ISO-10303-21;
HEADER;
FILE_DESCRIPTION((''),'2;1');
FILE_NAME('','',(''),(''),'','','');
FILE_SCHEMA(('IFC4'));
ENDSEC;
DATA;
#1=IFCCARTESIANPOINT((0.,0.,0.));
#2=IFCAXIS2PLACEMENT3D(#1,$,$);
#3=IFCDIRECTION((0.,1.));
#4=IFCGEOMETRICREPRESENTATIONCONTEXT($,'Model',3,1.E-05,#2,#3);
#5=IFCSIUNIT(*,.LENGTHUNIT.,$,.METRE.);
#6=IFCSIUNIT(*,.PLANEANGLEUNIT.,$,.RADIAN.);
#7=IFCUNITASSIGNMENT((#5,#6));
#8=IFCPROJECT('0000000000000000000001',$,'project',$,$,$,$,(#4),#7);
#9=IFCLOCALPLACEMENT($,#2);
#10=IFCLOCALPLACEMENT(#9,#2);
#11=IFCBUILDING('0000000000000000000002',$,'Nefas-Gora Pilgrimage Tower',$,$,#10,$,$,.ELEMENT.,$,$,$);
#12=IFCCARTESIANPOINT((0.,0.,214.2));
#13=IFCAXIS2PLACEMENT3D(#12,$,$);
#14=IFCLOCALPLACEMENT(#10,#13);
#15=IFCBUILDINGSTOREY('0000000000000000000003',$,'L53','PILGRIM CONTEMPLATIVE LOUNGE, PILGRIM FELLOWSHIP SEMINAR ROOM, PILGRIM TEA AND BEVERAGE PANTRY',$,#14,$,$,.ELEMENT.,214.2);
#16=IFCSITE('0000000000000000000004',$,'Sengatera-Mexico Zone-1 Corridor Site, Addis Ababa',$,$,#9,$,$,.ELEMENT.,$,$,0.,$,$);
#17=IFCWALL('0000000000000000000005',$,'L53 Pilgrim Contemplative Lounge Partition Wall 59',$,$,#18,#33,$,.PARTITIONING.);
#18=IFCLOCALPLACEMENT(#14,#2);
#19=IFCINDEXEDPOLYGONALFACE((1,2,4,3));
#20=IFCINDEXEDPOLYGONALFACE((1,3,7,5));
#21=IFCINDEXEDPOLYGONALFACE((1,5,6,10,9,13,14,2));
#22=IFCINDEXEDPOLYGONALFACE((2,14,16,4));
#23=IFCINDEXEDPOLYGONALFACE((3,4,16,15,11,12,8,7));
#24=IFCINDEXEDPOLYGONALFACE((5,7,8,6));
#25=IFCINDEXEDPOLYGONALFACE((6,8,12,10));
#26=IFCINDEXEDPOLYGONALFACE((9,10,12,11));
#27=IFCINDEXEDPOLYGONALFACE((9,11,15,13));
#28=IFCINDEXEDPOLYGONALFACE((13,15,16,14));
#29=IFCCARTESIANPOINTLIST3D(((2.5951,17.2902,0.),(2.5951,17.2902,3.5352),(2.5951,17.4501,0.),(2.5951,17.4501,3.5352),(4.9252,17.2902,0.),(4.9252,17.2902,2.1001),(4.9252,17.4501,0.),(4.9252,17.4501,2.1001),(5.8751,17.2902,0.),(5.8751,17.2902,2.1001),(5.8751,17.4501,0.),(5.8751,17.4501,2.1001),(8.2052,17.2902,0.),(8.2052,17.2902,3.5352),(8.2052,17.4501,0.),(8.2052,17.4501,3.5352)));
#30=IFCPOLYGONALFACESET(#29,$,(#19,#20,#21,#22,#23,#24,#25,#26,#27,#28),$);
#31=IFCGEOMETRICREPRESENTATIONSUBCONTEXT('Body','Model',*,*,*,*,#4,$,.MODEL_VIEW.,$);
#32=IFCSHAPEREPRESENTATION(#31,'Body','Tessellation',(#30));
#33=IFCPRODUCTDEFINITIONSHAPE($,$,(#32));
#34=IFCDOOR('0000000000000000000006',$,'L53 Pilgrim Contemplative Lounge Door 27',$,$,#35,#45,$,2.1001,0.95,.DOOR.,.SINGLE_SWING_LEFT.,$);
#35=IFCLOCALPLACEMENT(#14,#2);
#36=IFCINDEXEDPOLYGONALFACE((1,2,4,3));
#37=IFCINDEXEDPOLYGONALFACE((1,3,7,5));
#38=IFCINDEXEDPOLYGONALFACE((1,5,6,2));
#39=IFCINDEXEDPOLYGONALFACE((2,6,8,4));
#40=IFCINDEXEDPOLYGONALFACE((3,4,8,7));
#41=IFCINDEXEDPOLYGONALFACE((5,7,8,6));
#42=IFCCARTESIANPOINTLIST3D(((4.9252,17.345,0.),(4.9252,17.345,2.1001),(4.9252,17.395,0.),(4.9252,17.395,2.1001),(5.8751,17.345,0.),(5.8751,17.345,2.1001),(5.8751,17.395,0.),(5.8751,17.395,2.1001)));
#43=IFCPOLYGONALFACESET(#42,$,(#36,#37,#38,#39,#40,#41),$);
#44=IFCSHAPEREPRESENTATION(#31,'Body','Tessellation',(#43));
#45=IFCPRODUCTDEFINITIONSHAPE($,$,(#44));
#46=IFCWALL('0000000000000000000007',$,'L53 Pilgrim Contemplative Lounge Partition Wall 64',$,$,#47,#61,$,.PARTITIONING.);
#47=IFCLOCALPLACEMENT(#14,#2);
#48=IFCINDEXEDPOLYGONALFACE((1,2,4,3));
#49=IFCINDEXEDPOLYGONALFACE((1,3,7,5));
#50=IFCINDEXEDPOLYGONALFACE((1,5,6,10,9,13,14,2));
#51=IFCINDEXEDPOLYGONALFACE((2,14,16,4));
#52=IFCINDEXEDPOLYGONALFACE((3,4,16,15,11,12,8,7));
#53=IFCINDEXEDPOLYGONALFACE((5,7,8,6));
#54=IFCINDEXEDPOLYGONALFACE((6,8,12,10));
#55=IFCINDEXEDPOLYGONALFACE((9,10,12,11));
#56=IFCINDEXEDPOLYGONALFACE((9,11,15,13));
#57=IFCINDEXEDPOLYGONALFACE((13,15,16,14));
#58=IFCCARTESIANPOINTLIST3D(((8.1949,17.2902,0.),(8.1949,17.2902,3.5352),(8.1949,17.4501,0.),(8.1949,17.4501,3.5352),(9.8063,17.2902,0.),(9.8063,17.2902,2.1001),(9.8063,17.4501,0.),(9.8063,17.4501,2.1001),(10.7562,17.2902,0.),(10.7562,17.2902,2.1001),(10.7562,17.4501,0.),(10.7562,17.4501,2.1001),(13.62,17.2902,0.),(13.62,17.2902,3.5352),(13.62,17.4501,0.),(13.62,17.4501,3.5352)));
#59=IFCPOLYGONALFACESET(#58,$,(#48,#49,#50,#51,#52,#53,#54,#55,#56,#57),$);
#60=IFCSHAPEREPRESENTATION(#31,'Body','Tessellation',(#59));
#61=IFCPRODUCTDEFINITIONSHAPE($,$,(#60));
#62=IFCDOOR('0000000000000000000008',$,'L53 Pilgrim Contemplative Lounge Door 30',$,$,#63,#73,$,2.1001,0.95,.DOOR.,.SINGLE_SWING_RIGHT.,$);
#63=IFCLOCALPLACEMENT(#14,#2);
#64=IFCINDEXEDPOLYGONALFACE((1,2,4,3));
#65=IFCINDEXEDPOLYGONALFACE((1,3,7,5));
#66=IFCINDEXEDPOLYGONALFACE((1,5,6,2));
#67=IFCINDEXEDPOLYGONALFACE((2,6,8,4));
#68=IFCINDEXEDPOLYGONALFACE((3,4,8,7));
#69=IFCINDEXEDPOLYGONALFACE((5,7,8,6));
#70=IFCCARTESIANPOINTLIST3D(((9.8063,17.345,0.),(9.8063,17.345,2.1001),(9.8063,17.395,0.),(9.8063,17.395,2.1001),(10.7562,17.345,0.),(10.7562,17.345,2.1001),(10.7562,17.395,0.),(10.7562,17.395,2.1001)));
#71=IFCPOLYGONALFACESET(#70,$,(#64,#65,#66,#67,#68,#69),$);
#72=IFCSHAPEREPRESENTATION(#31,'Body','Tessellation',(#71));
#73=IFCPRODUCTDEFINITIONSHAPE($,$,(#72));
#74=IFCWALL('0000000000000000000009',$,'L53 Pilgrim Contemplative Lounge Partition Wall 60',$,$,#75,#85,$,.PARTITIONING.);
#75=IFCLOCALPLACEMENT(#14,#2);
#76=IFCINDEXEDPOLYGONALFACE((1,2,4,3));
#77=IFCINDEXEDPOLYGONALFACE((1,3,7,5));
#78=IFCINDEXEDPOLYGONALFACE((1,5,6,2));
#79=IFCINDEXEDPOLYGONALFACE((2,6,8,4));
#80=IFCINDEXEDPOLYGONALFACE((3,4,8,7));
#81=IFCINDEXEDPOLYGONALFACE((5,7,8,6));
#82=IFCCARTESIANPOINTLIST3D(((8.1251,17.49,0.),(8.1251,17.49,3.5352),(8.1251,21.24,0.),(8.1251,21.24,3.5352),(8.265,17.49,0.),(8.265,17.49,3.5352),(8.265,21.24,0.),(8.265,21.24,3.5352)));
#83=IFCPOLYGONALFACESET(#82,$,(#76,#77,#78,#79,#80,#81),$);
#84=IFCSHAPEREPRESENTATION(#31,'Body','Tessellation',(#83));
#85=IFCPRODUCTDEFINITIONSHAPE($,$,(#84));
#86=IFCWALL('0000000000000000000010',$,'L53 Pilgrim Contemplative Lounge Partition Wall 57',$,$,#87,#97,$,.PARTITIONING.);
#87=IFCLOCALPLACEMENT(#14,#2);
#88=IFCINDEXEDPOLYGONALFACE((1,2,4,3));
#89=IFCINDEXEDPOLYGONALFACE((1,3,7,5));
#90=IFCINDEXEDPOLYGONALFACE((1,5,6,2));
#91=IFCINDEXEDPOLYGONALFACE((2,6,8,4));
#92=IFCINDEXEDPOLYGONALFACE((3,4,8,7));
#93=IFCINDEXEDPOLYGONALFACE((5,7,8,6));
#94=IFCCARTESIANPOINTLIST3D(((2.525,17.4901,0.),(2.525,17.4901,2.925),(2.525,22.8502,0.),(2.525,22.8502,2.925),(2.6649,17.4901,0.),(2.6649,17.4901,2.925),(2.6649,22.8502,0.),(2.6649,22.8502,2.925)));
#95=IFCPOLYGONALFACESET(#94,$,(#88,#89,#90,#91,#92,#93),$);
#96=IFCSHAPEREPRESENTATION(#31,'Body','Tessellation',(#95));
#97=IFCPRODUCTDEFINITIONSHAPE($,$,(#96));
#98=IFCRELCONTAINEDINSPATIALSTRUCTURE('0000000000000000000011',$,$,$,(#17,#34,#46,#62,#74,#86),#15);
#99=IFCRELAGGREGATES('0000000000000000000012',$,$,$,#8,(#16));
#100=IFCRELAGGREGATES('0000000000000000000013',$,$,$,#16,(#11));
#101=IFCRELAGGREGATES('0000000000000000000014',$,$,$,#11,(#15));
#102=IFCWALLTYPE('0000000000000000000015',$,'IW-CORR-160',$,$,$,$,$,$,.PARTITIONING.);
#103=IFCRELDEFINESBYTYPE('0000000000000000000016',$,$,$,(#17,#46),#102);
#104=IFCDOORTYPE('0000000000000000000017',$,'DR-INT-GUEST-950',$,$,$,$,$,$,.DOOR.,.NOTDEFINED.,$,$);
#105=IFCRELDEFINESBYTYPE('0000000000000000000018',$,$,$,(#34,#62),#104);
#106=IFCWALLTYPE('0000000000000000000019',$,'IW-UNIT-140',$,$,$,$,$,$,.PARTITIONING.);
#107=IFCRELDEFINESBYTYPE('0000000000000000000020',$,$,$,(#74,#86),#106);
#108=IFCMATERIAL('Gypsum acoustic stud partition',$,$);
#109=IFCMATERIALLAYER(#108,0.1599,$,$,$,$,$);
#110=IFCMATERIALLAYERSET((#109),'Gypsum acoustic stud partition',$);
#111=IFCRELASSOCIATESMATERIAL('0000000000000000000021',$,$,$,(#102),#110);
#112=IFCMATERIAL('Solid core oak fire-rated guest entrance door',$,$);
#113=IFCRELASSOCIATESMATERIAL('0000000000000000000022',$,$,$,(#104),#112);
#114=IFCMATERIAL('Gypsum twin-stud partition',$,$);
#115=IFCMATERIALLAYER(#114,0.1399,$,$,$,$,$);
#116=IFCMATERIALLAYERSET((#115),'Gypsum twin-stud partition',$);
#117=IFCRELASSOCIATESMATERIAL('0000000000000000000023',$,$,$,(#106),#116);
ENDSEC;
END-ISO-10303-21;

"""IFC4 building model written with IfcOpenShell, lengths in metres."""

from ifc_helpers import new_model, si_unit, direction, frame, frame_2d, origin, place, context, subcontext, project, spatial, rectangle, extrude, source, transform, mapped, material, layer, layer_set, type_object, element, fill, save


model = new_model("IFC4")

# Units and contexts
model_context = context("Model", 3, precision=1e-05, world=origin(), true_north=direction((0.0, 1.0)))
body_context = subcontext(model_context, "Body", "Model", "MODEL_VIEW")
ifc_project = project(units=[si_unit("LENGTHUNIT", "METRE"), si_unit("PLANEANGLEUNIT", "RADIAN")], contexts=[model_context])

# Site, building, storey
site_placement = place(None, origin())
site = spatial("IfcSite", under=ifc_project, at=site_placement, Name="Sengatera-Mexico Zone-1 Corridor Site, Addis Ababa", CompositionType="ELEMENT", RefElevation=0.0)
building_placement = place(site_placement, origin())
building = spatial("IfcBuilding", under=site, at=building_placement, Name="Nefas-Gora Pilgrimage Tower", CompositionType="ELEMENT")
storey_placement = place(building_placement, frame((0.0, 0.0, 214.2)))
storey = spatial("IfcBuildingStorey", under=building, at=storey_placement, Name="L53", Description="PILGRIM CONTEMPLATIVE LOUNGE, PILGRIM FELLOWSHIP SEMINAR ROOM, PILGRIM TEA AND BEVERAGE PANTRY", CompositionType="ELEMENT", Elevation=214.2)

# Walls, openings, doors
ifc_material_1 = material(Name="Gypsum acoustic stud partition")
ifc_layer_1 = layer(ifc_material_1, 0.1599)
ifc_layer_set_1 = layer_set([ifc_layer_1], Name="Gypsum acoustic stud partition")
wall_type_1 = type_object("IfcWallType", Name="IW-CORR-160", PredefinedType="PARTITIONING", material=ifc_layer_set_1)
shared_shape_1 = source(origin(), body_context, "Body", "SweptSolid", [
    extrude(rectangle(XDim=5.6101, YDim=0.1599, at=frame_2d((2.8052, 0.0))), origin(), (0.0, 0.0, 1.0), 3.5352),
])
wall_1_placement = place(storey_placement, frame((2.595, 17.3701, 0.0), z_axis=(0.0, 0.0, 1.0), x_axis=(1.0, 0.0, 0.0)))
wall_1 = element("IfcWall", 1, at=wall_1_placement, inside=storey, type_object=wall_type_1, Name="L53 Pilgrim Contemplative Lounge Partition Wall 59", PredefinedType="PARTITIONING", context=body_context, shape_type="MappedRepresentation", body=[
    mapped(shared_shape_1, transform((0.0, 0.0, 0.0), x_axis=(1.0, 0.0, 0.0), y_axis=(0.0, 1.0, 0.0), z_axis=(0.0, 0.0, 1.0), scale=1.0)),
])
opening_1_placement = place(wall_1_placement, frame((2.3301, 0.0, 0.0)))
opening_1 = element("IfcOpeningElement", 2, at=opening_1_placement, cuts=wall_1, PredefinedType="OPENING", context=body_context, shape_type="SweptSolid", body=[
    extrude(rectangle(XDim=0.95, YDim=2.1001, at=frame_2d((0.4751, 1.05))), frame((0.0, 0.0898, 0.0), z_axis=(0.0, -1.0, 0.0), x_axis=(1.0, 0.0, 0.0)), (0.0, 0.0, 1.0), 0.1799),
])
ifc_material_2 = material(Name="Solid core oak fire-rated guest entrance door")
door_type = type_object("IfcDoorType", Name="DR-INT-GUEST-950", OperationType="NOTDEFINED", PredefinedType="DOOR", material=ifc_material_2)
shared_shape_2 = source(origin(), body_context, "Body", "SweptSolid", [
    extrude(rectangle(XDim=0.95, YDim=2.1001, at=frame_2d((0.4751, 1.05))), frame((0.0, 0.0249, 0.0), z_axis=(0.0, -1.0, 0.0), x_axis=(1.0, 0.0, 0.0)), (0.0, 0.0, 1.0), 0.05),
])
door_1_placement = place(opening_1_placement, origin())
door_1 = element("IfcDoor", 3, at=door_1_placement, inside=storey, type_object=door_type, Name="L53 Pilgrim Contemplative Lounge Door 27", OperationType="SINGLE_SWING_LEFT", OverallHeight=2.1001, OverallWidth=0.95, PredefinedType="DOOR", context=body_context, shape_type="MappedRepresentation", body=[
    mapped(shared_shape_2, transform((0.0, 0.0, 0.0), x_axis=(1.0, 0.0, 0.0), y_axis=(0.0, 1.0, 0.0), z_axis=(0.0, 0.0, 1.0), scale=1.0)),
])
fill(opening_1, door_1)
shared_shape_3 = source(origin(), body_context, "Body", "SweptSolid", [
    extrude(rectangle(XDim=5.425, YDim=0.1599, at=frame_2d((2.7124, 0.0))), origin(), (0.0, 0.0, 1.0), 3.5352),
])
wall_2_placement = place(storey_placement, frame((8.1951, 17.3701, 0.0), z_axis=(0.0, 0.0, 1.0), x_axis=(1.0, 0.0, 0.0)))
wall_2 = element("IfcWall", 4, at=wall_2_placement, inside=storey, type_object=wall_type_1, Name="L53 Pilgrim Contemplative Lounge Partition Wall 64", PredefinedType="PARTITIONING", context=body_context, shape_type="MappedRepresentation", body=[
    mapped(shared_shape_3, transform((0.0, 0.0, 0.0), x_axis=(1.0, 0.0, 0.0), y_axis=(0.0, 1.0, 0.0), z_axis=(0.0, 0.0, 1.0), scale=1.0)),
])
opening_2_placement = place(wall_2_placement, frame((1.6111, 0.0, 0.0)))
opening_2 = element("IfcOpeningElement", 5, at=opening_2_placement, cuts=wall_2, PredefinedType="OPENING", context=body_context, shape_type="SweptSolid", body=[
    extrude(rectangle(XDim=0.95, YDim=2.1001, at=frame_2d((0.4751, 1.05))), frame((0.0, 0.0898, 0.0), z_axis=(0.0, -1.0, 0.0), x_axis=(1.0, 0.0, 0.0)), (0.0, 0.0, 1.0), 0.1799),
])
door_2_placement = place(opening_2_placement, origin())
door_2 = element("IfcDoor", 6, at=door_2_placement, inside=storey, type_object=door_type, Name="L53 Pilgrim Contemplative Lounge Door 30", OperationType="SINGLE_SWING_RIGHT", OverallHeight=2.1001, OverallWidth=0.95, PredefinedType="DOOR", context=body_context, shape_type="MappedRepresentation", body=[
    mapped(shared_shape_2, transform((0.0, 0.0, 0.0), x_axis=(1.0, 0.0, 0.0), y_axis=(0.0, 1.0, 0.0), z_axis=(0.0, 0.0, 1.0), scale=1.0)),
])
fill(opening_2, door_2)

# Walls
ifc_material_3 = material(Name="Gypsum twin-stud partition")
ifc_layer_2 = layer(ifc_material_3, 0.1399)
ifc_layer_set_2 = layer_set([ifc_layer_2], Name="Gypsum twin-stud partition")
wall_type_2 = type_object("IfcWallType", Name="IW-UNIT-140", PredefinedType="PARTITIONING", material=ifc_layer_set_2)
shared_shape_4 = source(origin(), body_context, "Body", "SweptSolid", [
    extrude(rectangle(XDim=3.75, YDim=0.1399, at=frame_2d((1.875, 0.0))), origin(), (0.0, 0.0, 1.0), 3.5352),
])
wall_3_placement = place(storey_placement, frame((8.1951, 17.49, 0.0), z_axis=(0.0, 0.0, 1.0), x_axis=(0.0, 1.0, 0.0)))
element("IfcWall", 7, at=wall_3_placement, inside=storey, type_object=wall_type_2, Name="L53 Pilgrim Contemplative Lounge Partition Wall 60", PredefinedType="PARTITIONING", context=body_context, shape_type="MappedRepresentation", body=[
    mapped(shared_shape_4, transform((0.0, 0.0, 0.0), x_axis=(1.0, 0.0, 0.0), y_axis=(0.0, 1.0, 0.0), z_axis=(0.0, 0.0, 1.0), scale=1.0)),
])
shared_shape_5 = source(origin(), body_context, "Body", "SweptSolid", [
    extrude(rectangle(XDim=5.3601, YDim=0.1399, at=frame_2d((2.6802, 0.0))), origin(), (0.0, 0.0, 1.0), 2.925),
])
wall_4_placement = place(storey_placement, frame((2.595, 17.49, 0.0), z_axis=(0.0, 0.0, 1.0), x_axis=(0.0, 1.0, 0.0)))
element("IfcWall", 8, at=wall_4_placement, inside=storey, type_object=wall_type_2, Name="L53 Pilgrim Contemplative Lounge Partition Wall 57", PredefinedType="PARTITIONING", context=body_context, shape_type="MappedRepresentation", body=[
    mapped(shared_shape_5, transform((0.0, 0.0, 0.0), x_axis=(1.0, 0.0, 0.0), y_axis=(0.0, 1.0, 0.0), z_axis=(0.0, 0.0, 1.0), scale=1.0)),
])

save(model, "model.ifc")
